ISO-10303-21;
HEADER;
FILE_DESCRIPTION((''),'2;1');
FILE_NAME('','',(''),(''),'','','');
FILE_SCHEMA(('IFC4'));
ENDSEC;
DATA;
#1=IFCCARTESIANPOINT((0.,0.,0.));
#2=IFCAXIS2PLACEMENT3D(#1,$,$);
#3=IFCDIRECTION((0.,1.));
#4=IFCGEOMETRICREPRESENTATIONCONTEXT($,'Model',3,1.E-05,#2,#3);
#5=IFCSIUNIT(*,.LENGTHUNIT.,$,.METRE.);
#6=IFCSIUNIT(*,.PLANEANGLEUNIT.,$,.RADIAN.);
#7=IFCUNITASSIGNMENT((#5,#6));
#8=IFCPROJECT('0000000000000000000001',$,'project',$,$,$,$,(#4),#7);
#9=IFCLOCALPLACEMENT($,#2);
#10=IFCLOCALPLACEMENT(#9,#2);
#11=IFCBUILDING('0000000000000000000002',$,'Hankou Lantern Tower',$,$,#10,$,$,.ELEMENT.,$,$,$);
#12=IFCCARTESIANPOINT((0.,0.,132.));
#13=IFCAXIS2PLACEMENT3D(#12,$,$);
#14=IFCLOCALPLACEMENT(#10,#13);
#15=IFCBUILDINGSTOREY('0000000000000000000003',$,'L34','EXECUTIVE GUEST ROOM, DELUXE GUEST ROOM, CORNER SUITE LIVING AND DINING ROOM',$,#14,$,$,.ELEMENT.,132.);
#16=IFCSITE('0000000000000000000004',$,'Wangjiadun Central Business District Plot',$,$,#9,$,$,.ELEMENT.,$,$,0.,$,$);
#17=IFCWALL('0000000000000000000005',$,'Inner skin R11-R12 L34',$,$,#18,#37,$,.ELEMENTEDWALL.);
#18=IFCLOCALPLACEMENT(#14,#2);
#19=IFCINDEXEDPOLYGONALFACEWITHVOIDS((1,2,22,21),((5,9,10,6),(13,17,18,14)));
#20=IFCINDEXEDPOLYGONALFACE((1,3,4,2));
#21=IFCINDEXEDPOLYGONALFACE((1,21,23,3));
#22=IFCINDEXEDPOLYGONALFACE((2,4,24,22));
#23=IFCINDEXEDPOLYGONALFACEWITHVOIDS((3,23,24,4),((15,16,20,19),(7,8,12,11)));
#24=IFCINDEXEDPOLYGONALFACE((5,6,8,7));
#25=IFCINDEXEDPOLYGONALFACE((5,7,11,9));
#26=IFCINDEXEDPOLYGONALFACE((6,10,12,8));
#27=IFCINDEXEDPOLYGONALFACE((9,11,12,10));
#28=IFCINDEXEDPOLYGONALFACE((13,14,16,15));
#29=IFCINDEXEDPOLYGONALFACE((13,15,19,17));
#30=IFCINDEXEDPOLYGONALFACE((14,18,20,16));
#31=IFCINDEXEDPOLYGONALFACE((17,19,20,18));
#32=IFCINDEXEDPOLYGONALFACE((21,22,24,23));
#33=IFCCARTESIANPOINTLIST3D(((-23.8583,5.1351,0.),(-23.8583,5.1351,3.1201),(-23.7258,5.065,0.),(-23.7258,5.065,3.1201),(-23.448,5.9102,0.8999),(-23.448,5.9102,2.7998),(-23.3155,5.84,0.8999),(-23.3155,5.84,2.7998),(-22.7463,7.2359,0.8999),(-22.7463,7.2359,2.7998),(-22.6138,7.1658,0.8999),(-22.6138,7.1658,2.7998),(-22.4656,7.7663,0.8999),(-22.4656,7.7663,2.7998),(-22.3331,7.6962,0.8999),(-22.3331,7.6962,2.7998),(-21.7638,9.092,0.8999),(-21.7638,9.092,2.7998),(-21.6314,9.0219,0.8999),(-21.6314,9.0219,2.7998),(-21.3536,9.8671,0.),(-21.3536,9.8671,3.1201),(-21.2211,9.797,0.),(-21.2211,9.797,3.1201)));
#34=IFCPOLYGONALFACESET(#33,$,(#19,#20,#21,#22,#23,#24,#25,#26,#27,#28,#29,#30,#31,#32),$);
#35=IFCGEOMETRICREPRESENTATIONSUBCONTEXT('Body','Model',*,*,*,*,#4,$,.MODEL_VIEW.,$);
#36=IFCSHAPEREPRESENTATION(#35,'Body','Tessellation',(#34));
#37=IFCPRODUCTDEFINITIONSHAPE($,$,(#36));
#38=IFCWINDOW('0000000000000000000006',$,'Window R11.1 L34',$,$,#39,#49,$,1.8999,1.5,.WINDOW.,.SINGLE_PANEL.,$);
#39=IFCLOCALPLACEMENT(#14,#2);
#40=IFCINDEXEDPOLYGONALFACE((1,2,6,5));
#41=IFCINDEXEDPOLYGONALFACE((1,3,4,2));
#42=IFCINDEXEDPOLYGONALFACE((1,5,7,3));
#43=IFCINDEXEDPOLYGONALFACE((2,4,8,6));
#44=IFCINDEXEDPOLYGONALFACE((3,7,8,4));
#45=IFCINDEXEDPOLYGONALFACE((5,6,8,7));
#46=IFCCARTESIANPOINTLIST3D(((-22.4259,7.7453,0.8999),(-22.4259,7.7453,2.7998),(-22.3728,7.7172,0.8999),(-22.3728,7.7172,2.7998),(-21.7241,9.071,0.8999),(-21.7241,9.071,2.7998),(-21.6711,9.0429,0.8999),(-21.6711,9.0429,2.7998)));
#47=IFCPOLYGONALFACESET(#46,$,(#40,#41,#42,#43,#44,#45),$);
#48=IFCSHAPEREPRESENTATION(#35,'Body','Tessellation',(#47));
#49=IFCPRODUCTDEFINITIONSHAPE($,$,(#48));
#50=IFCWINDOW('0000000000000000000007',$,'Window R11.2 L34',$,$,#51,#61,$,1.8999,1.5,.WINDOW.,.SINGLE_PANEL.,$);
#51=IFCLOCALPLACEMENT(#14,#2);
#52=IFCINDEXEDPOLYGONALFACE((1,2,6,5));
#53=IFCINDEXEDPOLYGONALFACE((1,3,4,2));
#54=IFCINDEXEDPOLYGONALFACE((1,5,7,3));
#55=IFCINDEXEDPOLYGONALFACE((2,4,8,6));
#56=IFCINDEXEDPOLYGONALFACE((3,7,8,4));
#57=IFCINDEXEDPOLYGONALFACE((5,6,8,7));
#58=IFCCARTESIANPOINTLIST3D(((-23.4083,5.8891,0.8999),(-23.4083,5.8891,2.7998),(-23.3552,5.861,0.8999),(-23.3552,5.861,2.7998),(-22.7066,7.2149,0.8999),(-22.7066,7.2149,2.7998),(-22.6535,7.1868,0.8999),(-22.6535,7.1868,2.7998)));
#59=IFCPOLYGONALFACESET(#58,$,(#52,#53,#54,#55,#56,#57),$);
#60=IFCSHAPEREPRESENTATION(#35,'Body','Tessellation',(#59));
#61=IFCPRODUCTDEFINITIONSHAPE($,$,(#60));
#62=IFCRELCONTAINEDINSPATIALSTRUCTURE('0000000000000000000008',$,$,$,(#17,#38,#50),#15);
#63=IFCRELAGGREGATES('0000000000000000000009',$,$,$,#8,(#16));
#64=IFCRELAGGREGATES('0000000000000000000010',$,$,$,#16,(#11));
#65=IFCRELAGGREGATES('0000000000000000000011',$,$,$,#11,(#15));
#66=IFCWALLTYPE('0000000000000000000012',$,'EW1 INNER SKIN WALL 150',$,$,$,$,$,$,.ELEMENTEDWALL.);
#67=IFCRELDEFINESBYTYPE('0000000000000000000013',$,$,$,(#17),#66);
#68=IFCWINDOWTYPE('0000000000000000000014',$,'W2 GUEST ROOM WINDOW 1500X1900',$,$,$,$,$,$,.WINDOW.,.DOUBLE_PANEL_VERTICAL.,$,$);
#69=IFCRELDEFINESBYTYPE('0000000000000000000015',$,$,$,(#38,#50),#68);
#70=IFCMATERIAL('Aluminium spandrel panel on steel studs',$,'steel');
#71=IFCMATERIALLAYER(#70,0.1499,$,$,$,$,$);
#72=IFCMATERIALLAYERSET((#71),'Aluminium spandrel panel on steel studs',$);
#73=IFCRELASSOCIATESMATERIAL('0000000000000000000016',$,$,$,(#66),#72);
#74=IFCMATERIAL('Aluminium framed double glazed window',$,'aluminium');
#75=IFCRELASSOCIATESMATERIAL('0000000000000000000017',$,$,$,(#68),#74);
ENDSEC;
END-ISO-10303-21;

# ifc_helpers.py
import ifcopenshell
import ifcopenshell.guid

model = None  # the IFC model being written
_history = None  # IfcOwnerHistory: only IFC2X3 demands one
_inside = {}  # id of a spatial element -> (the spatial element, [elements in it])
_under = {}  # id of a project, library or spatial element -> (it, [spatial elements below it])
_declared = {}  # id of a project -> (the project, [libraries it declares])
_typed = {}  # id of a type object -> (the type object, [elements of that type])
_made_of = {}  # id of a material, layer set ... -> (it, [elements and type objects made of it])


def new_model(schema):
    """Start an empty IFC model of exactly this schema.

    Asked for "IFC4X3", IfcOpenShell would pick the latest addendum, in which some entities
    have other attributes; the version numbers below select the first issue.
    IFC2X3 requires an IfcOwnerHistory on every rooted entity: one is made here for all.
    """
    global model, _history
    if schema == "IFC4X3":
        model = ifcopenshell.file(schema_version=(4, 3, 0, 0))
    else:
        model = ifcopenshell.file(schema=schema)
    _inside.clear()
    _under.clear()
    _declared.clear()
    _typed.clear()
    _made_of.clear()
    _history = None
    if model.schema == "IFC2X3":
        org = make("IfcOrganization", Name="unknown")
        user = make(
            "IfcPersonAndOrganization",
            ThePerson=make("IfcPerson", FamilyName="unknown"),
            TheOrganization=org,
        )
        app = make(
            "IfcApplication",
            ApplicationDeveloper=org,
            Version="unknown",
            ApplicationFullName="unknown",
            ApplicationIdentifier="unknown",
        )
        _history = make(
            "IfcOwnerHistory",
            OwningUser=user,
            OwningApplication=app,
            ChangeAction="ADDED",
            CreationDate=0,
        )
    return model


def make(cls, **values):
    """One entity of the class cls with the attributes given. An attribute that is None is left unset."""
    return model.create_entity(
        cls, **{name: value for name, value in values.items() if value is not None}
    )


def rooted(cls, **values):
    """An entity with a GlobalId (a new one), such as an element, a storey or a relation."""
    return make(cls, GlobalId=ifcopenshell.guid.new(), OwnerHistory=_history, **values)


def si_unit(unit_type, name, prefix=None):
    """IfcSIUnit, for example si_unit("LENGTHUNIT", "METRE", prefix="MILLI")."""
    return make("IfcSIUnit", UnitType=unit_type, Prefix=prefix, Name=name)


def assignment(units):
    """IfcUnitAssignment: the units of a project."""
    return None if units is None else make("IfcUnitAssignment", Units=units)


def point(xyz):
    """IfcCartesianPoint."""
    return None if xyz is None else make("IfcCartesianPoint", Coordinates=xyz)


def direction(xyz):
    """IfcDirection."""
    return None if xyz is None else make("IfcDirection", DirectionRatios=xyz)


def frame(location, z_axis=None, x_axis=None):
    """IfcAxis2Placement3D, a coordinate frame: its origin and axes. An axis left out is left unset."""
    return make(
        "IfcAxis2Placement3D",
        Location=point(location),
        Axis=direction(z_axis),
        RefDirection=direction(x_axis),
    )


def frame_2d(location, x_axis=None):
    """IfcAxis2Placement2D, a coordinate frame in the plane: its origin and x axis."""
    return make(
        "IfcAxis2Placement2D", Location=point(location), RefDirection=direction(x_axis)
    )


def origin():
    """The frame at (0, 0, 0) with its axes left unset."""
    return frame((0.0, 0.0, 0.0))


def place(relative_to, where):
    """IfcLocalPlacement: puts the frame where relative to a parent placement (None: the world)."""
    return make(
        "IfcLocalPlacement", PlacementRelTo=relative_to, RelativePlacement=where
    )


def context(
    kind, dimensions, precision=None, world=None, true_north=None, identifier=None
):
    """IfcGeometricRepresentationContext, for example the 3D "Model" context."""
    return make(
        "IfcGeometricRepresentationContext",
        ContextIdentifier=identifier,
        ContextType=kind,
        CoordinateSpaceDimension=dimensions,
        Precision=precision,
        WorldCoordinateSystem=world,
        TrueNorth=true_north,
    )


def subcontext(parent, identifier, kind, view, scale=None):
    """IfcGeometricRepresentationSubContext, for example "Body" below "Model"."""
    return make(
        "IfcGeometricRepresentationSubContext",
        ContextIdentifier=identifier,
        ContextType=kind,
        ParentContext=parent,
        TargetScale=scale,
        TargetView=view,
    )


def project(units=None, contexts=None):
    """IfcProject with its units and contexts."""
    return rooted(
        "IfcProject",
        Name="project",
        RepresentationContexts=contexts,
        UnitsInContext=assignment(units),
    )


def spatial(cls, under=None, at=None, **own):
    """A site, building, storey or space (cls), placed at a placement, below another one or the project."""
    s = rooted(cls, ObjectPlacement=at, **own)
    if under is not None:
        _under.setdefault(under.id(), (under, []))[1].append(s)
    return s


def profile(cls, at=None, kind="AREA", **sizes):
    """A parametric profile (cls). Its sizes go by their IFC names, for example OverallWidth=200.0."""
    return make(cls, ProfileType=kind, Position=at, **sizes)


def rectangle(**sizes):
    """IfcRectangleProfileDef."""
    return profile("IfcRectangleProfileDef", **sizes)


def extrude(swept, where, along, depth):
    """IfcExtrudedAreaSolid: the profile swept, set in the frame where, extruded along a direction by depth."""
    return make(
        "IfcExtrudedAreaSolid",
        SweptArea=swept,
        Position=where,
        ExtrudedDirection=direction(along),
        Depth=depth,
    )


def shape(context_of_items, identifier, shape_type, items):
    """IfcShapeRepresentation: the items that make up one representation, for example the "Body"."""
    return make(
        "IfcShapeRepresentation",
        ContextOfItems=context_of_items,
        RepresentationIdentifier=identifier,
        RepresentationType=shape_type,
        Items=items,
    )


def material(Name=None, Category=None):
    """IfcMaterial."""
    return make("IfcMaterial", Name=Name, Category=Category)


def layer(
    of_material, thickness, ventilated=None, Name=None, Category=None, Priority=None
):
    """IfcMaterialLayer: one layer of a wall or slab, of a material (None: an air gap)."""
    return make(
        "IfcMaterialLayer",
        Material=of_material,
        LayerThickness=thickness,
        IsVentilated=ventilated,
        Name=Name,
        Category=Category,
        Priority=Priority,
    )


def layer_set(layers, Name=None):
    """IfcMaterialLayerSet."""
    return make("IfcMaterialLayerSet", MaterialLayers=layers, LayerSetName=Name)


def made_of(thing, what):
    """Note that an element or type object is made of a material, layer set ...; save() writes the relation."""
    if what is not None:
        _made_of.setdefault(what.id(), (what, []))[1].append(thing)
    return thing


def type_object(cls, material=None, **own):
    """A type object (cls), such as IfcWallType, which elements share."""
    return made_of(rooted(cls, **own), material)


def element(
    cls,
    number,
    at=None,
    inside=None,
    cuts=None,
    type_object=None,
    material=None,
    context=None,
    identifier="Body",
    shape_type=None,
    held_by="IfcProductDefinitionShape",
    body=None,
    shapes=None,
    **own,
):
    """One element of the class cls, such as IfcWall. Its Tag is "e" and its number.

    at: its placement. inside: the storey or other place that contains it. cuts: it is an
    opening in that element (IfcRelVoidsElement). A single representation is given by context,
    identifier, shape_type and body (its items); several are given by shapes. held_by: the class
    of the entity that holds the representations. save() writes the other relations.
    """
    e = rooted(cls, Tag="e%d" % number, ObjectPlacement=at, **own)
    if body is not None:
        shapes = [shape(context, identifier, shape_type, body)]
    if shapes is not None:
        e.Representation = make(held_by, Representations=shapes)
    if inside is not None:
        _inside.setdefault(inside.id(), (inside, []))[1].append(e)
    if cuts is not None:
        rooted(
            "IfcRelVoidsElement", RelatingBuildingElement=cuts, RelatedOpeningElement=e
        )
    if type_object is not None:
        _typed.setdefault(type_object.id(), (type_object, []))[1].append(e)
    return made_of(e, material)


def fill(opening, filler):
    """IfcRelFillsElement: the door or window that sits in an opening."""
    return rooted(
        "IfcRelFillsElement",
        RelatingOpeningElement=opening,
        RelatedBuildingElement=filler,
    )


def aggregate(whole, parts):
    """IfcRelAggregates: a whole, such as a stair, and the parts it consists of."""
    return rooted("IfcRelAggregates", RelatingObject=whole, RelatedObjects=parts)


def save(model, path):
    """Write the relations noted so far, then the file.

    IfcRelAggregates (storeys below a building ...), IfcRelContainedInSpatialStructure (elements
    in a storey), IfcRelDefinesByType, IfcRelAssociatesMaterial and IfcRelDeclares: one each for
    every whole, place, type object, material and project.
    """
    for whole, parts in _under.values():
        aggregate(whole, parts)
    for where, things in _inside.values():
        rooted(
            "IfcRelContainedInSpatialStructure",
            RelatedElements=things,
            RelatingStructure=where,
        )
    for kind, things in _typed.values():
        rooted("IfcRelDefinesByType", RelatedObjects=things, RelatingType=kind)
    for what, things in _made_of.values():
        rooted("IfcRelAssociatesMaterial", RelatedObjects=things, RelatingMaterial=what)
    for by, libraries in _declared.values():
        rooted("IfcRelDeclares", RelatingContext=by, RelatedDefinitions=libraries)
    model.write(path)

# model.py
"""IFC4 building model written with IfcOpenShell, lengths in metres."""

from ifc_helpers import new_model, si_unit, direction, frame, frame_2d, origin, place, context, subcontext, project, spatial, rectangle, extrude, material, layer, layer_set, type_object, element, fill, save


model = new_model("IFC4")

# Units and contexts
model_context = context("Model", 3, precision=1e-05, world=origin(), true_north=direction((0.0, 1.0)))
body_context = subcontext(model_context, "Body", "Model", "MODEL_VIEW")
ifc_project = project(units=[si_unit("LENGTHUNIT", "METRE"), si_unit("PLANEANGLEUNIT", "RADIAN")], contexts=[model_context])

# Site, building, storey
site_placement = place(None, origin())
site = spatial("IfcSite", under=ifc_project, at=site_placement, Name="Wangjiadun Central Business District Plot", CompositionType="ELEMENT", RefElevation=0.0)
building_placement = place(site_placement, origin())
building = spatial("IfcBuilding", under=site, at=building_placement, Name="Hankou Lantern Tower", CompositionType="ELEMENT")
storey_placement = place(building_placement, frame((0.0, 0.0, 132.0)))
storey = spatial("IfcBuildingStorey", under=building, at=storey_placement, Name="L34", Description="EXECUTIVE GUEST ROOM, DELUXE GUEST ROOM, CORNER SUITE LIVING AND DINING ROOM", CompositionType="ELEMENT", Elevation=132.0)

# Wall, openings, windows
ifc_material_1 = material(Name="Aluminium spandrel panel on steel studs", Category="steel")
ifc_layer_1 = layer(ifc_material_1, 0.1499)
ifc_layer_set_1 = layer_set([ifc_layer_1], Name="Aluminium spandrel panel on steel studs")
wall_type = type_object("IfcWallType", Name="EW1 INNER SKIN WALL 150", PredefinedType="ELEMENTEDWALL", material=ifc_layer_set_1)
ifc_material_2 = material(Name="Aluminium framed double glazed window", Category="aluminium")
window_type = type_object("IfcWindowType", Name="W2 GUEST ROOM WINDOW 1500X1900", PartitioningType="DOUBLE_PANEL_VERTICAL", PredefinedType="WINDOW", material=ifc_material_2)
wall_1_placement = place(storey_placement, frame((-21.2874, 9.832, 0.0), z_axis=(0.0, 0.0, 1.0), x_axis=(-0.467814, -0.883827, 0.0)))
wall_1 = element("IfcWall", 1, at=wall_1_placement, inside=storey, type_object=wall_type, Name="Inner skin R11-R12 L34", PredefinedType="ELEMENTEDWALL", context=body_context, shape_type="SweptSolid", body=[
    extrude(rectangle(XDim=5.354, YDim=0.1499, at=frame_2d((2.677, 0.0))), origin(), (0.0, 0.0, 1.0), 3.1201),
])
opening_1_placement = place(wall_1_placement, frame((0.877, 0.0, 0.8999)))
opening_1 = element("IfcOpeningElement", 2, at=opening_1_placement, cuts=wall_1, PredefinedType="OPENING", context=body_context, shape_type="SweptSolid", body=[
    extrude(rectangle(XDim=1.5, YDim=1.8999, at=frame_2d((0.75, 0.95))), frame((0.0, 0.085, 0.0), z_axis=(0.0, -1.0, 0.0), x_axis=(1.0, 0.0, 0.0)), (0.0, 0.0, 1.0), 0.1699),
])
opening_2_placement = place(wall_1_placement, frame((2.9771, 0.0, 0.8999)))
opening_2 = element("IfcOpeningElement", 3, at=opening_2_placement, cuts=wall_1, PredefinedType="OPENING", context=body_context, shape_type="SweptSolid", body=[
    extrude(rectangle(XDim=1.5, YDim=1.8999, at=frame_2d((0.75, 0.95))), frame((0.0, 0.085, 0.0), z_axis=(0.0, -1.0, 0.0), x_axis=(1.0, 0.0, 0.0)), (0.0, 0.0, 1.0), 0.1699),
])
window_1_placement = place(opening_1_placement, origin())
window_1 = element("IfcWindow", 4, at=window_1_placement, inside=storey, type_object=window_type, Name="Window R11.1 L34", OverallHeight=1.8999, OverallWidth=1.5, PartitioningType="SINGLE_PANEL", PredefinedType="WINDOW", context=body_context, shape_type="SweptSolid", body=[
    extrude(rectangle(XDim=1.5, YDim=1.8999, at=frame_2d((0.75, 0.95))), frame((0.0, 0.03, 0.0), z_axis=(0.0, -1.0, 0.0), x_axis=(1.0, 0.0, 0.0)), (0.0, 0.0, 1.0), 0.0601),
])
fill(opening_1, window_1)
window_2_placement = place(opening_2_placement, origin())
window_2 = element("IfcWindow", 5, at=window_2_placement, inside=storey, type_object=window_type, Name="Window R11.2 L34", OverallHeight=1.8999, OverallWidth=1.5, PartitioningType="SINGLE_PANEL", PredefinedType="WINDOW", context=body_context, shape_type="SweptSolid", body=[
    extrude(rectangle(XDim=1.5, YDim=1.8999, at=frame_2d((0.75, 0.95))), frame((0.0, 0.03, 0.0), z_axis=(0.0, -1.0, 0.0), x_axis=(1.0, 0.0, 0.0)), (0.0, 0.0, 1.0), 0.0601),
])
fill(opening_2, window_2)

save(model, "model.ifc")
